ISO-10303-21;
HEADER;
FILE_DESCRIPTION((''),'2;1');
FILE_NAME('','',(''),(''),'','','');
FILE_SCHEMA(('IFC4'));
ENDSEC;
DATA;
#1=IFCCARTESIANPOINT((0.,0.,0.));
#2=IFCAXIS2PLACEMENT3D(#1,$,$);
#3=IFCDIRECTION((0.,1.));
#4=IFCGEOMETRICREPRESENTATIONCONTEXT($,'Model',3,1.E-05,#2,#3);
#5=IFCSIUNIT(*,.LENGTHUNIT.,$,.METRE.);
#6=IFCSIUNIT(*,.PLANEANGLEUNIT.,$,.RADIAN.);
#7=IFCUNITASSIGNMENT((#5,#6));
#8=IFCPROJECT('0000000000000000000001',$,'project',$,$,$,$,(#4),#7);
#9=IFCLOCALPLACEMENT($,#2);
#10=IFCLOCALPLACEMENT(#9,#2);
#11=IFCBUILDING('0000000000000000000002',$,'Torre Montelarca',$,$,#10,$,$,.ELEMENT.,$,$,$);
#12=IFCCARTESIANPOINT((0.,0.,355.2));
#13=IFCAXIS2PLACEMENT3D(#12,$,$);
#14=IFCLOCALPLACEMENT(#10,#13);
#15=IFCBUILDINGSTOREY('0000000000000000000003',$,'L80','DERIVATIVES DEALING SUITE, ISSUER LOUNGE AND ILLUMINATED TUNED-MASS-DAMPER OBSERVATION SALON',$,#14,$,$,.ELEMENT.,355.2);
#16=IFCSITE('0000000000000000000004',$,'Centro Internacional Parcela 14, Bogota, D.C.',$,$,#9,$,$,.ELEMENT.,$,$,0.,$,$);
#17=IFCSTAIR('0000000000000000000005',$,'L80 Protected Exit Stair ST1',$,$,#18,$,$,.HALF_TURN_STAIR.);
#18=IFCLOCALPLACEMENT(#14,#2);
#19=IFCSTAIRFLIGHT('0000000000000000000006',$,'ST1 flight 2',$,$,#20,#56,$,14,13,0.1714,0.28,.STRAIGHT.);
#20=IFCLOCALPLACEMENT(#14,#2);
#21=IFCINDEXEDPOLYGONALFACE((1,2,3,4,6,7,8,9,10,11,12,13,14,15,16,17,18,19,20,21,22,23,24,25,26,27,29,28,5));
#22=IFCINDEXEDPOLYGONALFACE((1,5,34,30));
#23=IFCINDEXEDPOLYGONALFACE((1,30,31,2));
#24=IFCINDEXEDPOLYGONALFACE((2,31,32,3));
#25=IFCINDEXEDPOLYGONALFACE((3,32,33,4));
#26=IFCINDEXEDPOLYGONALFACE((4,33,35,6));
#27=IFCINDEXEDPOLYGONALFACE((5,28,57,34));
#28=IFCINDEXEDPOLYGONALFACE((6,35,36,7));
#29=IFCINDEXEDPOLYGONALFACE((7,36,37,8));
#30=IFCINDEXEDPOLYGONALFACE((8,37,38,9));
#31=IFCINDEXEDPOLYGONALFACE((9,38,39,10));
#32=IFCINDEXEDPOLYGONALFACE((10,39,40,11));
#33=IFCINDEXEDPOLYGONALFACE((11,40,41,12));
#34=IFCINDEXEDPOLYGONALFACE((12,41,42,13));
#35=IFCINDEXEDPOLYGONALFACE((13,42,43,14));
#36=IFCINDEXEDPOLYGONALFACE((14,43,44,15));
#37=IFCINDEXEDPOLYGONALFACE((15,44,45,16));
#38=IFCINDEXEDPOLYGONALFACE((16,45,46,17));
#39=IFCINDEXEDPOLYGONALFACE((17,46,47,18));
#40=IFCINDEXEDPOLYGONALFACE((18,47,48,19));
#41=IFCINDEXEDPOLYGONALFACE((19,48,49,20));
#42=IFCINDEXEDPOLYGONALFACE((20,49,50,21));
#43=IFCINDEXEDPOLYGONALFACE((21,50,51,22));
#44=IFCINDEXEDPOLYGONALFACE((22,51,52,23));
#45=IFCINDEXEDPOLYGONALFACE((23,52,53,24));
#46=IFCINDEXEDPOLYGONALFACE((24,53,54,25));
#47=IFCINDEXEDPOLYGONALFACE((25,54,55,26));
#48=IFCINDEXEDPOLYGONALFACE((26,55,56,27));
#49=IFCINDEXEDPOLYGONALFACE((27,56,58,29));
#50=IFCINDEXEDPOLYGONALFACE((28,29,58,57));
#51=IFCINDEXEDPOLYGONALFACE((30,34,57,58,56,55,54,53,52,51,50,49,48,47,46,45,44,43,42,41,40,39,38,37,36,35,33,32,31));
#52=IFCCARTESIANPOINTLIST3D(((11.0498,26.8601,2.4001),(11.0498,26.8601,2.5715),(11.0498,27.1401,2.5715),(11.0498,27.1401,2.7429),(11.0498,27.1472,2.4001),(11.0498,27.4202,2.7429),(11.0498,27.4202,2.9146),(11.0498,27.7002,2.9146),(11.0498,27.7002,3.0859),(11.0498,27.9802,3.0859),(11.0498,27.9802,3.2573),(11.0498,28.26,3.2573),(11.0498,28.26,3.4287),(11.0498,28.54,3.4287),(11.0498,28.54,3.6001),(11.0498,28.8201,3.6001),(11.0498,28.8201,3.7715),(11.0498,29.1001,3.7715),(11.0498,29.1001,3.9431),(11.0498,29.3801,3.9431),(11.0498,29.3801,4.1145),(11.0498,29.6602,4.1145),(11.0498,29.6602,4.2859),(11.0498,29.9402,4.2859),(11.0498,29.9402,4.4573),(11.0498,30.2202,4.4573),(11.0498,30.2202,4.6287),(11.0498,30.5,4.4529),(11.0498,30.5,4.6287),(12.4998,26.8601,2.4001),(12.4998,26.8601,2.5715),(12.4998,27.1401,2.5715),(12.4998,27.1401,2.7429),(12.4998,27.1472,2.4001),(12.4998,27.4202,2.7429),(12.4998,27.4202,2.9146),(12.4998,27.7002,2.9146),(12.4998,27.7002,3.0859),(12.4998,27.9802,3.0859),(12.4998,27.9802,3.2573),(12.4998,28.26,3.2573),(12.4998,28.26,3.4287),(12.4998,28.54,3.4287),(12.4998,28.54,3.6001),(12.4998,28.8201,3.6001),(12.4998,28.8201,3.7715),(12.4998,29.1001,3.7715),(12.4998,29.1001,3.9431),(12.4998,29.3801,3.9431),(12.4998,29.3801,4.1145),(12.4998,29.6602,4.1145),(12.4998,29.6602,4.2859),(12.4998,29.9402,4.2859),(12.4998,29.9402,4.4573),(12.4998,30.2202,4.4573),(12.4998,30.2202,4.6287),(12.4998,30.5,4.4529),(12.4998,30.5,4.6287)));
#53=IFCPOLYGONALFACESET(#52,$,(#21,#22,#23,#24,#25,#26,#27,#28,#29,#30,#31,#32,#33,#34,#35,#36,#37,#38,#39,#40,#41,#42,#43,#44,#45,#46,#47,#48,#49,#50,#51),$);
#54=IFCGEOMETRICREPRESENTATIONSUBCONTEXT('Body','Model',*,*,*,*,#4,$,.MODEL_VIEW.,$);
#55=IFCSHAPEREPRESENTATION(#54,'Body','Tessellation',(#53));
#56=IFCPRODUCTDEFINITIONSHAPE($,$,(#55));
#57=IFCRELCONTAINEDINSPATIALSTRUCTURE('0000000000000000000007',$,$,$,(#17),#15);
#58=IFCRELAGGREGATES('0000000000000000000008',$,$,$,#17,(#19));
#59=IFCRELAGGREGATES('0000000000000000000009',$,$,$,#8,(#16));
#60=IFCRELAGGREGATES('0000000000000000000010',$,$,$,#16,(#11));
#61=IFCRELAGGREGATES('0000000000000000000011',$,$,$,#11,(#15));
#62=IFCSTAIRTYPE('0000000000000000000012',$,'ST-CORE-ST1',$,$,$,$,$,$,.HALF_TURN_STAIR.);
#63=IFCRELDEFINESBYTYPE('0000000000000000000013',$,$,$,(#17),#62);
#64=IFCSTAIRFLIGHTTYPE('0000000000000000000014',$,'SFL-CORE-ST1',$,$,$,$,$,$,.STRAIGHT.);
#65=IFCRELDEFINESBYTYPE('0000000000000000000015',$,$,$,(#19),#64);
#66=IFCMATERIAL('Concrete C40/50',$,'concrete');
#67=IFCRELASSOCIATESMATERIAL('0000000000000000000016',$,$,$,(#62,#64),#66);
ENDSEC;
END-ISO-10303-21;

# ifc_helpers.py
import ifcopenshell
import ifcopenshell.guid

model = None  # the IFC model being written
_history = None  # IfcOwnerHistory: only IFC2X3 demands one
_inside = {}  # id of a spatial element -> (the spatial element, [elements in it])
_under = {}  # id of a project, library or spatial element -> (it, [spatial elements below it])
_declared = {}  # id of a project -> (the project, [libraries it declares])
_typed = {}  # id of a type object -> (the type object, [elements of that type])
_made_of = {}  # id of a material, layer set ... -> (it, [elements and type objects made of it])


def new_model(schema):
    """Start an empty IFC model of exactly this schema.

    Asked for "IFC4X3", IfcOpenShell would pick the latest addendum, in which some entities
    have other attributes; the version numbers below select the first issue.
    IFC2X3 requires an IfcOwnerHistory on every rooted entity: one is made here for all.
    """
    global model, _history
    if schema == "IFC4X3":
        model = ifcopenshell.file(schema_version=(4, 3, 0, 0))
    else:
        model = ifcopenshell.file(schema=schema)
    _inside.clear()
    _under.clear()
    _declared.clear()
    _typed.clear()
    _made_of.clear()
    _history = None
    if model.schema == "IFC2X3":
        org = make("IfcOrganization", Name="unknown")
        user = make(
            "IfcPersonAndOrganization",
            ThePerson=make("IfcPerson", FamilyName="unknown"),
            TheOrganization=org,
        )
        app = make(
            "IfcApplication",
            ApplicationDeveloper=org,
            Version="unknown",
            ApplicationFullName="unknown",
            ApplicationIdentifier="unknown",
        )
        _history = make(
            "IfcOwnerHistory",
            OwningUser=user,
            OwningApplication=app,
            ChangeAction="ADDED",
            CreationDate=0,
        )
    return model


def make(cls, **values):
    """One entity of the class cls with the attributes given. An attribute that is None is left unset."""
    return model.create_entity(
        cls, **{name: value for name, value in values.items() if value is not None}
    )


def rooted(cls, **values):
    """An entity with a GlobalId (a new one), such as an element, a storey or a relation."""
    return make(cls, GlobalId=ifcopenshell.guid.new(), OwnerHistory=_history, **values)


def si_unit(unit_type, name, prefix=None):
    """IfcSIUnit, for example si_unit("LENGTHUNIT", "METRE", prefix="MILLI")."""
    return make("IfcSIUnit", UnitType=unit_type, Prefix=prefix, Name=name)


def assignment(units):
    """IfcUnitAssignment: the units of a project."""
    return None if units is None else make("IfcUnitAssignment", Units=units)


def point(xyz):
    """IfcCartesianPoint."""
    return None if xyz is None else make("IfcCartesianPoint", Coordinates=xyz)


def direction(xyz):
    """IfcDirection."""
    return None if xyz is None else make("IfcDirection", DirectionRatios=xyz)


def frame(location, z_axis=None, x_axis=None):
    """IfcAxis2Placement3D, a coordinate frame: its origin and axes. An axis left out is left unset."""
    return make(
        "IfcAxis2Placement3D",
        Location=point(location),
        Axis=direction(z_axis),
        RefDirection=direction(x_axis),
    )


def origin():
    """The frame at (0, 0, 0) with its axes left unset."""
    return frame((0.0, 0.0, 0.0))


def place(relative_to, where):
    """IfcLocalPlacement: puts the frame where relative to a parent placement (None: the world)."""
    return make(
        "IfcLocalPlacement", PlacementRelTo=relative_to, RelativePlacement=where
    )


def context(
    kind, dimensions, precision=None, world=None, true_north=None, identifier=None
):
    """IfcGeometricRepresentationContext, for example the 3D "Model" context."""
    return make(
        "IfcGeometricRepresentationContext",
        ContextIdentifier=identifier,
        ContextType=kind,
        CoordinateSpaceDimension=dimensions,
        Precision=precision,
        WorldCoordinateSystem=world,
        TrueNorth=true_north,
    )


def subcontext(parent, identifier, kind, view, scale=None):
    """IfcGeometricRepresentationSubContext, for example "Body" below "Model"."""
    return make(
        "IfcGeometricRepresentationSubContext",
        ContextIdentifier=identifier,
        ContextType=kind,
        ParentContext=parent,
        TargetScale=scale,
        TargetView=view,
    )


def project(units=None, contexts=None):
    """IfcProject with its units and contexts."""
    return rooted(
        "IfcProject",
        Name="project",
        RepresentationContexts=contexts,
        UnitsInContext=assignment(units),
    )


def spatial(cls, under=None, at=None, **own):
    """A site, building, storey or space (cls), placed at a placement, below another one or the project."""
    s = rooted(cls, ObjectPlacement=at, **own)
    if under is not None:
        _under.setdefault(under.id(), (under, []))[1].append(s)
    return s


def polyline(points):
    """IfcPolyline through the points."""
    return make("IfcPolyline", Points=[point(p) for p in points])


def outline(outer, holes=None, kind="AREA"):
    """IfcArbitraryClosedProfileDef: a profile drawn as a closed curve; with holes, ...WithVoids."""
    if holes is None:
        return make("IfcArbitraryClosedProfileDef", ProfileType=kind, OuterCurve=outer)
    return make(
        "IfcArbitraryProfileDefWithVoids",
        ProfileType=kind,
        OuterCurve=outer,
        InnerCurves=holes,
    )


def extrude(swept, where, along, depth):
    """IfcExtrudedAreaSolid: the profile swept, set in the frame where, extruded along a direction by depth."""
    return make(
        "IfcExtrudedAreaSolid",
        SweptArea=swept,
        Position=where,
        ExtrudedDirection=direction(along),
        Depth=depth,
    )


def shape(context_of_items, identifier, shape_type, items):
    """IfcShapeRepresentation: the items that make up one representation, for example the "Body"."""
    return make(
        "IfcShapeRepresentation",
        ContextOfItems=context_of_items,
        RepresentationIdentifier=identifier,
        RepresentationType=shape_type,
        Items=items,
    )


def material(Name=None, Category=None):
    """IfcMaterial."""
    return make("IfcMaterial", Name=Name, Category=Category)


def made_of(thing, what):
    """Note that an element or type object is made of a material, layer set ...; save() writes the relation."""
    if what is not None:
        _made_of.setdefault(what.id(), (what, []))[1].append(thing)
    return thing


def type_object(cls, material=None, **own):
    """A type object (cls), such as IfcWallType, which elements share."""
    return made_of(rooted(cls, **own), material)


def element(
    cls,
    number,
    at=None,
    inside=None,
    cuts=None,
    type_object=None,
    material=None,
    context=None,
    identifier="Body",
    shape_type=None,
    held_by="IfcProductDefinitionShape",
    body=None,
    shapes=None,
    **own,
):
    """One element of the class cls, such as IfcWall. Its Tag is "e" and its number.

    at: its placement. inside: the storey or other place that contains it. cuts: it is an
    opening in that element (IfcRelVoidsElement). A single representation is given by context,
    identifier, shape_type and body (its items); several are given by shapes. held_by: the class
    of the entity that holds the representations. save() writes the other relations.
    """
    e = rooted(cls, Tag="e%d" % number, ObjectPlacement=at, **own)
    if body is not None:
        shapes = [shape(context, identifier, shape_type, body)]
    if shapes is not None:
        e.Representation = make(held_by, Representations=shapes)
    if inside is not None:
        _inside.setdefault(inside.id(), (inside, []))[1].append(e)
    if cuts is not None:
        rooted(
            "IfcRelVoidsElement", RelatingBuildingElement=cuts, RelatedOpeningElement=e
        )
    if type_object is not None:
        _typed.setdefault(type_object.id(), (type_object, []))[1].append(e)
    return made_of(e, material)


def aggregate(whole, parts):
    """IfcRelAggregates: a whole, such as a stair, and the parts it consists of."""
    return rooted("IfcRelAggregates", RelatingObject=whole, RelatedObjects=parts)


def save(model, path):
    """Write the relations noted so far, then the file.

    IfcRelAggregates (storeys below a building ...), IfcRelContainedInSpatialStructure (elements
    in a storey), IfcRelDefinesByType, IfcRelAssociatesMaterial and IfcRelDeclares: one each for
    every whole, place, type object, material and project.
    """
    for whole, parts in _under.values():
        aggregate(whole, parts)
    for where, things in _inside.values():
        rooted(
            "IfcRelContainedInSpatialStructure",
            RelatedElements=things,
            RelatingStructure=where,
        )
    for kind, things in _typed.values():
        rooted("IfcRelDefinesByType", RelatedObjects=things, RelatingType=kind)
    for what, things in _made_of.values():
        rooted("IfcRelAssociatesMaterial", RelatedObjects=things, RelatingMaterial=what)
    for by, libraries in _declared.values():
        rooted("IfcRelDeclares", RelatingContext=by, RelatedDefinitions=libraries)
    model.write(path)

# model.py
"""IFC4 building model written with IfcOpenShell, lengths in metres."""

from ifc_helpers import new_model, si_unit, direction, frame, origin, place, context, subcontext, project, spatial, polyline, outline, extrude, material, type_object, element, aggregate, save


model = new_model("IFC4")

# Units and contexts
model_context = context("Model", 3, precision=1e-05, world=origin(), true_north=direction((0.0, 1.0)))
body_context = subcontext(model_context, "Body", "Model", "MODEL_VIEW")
ifc_project = project(units=[si_unit("LENGTHUNIT", "METRE"), si_unit("PLANEANGLEUNIT", "RADIAN")], contexts=[model_context])

# Site, building, storey
site_placement = place(None, origin())
site = spatial("IfcSite", under=ifc_project, at=site_placement, Name="Centro Internacional Parcela 14, Bogota, D.C.", CompositionType="ELEMENT", RefElevation=0.0)
building_placement = place(site_placement, origin())
building = spatial("IfcBuilding", under=site, at=building_placement, Name="Torre Montelarca", CompositionType="ELEMENT")
storey_placement = place(building_placement, frame((0.0, 0.0, 355.2)))
storey = spatial("IfcBuildingStorey", under=building, at=storey_placement, Name="L80", Description="DERIVATIVES DEALING SUITE, ISSUER LOUNGE AND ILLUMINATED TUNED-MASS-DAMPER OBSERVATION SALON", CompositionType="ELEMENT", Elevation=355.2)

# Shared definitions
ifc_material_1 = material(Name="Concrete C40/50", Category="concrete")

# Stair, stair flight
stair_type = type_object("IfcStairType", Name="ST-CORE-ST1", PredefinedType="HALF_TURN_STAIR", material=ifc_material_1)
stair_placement = place(storey_placement, origin())
stair = element("IfcStair", 1, at=stair_placement, inside=storey, type_object=stair_type, Name="L80 Protected Exit Stair ST1", PredefinedType="HALF_TURN_STAIR")
stair_flight_type = type_object("IfcStairFlightType", Name="SFL-CORE-ST1", PredefinedType="STRAIGHT", material=ifc_material_1)
stair_flight_1_placement = place(storey_placement, frame((11.7749, 26.8601, 2.4001), z_axis=(0.0, 0.0, 1.0), x_axis=(0.0, 1.0, 0.0)))
stair_flight_1 = element("IfcStairFlight", 2, at=stair_flight_1_placement, type_object=stair_flight_type, Name="ST1 flight 2", NumberOfRisers=14, NumberOfTreads=13, PredefinedType="STRAIGHT", RiserHeight=0.1714, TreadLength=0.28, context=body_context, shape_type="SweptSolid", body=[
    extrude(outline(polyline([(0.0, 0.0), (0.0, 0.1714), (0.28, 0.1714), (0.28, 0.3428), (0.5601, 0.3428), (0.5601, 0.5144), (0.8401, 0.5144), (0.8401, 0.6858), (1.1201, 0.6858), (1.1201, 0.8572), (1.3999, 0.8572), (1.3999, 1.0286), (1.6799, 1.0286), (1.6799, 1.2), (1.96, 1.2), (1.96, 1.3713), (2.24, 1.3713), (2.24, 1.543), (2.52, 1.543), (2.52, 1.7144), (2.8, 1.7144), (2.8, 1.8857), (3.0801, 1.8857), (3.0801, 2.0571), (3.3601, 2.0571), (3.3601, 2.2285), (3.6399, 2.2285), (3.6399, 2.3999), (3.6399, 2.0527), (0.2871, 0.0), (0.0, 0.0)])), frame((0.0, 0.7251, 0.0), z_axis=(0.0, -1.0, 0.0), x_axis=(1.0, 0.0, 0.0)), (0.0, 0.0, 1.0), 1.45),
])
aggregate(stair, [stair_flight_1])

save(model, "model.ifc")
